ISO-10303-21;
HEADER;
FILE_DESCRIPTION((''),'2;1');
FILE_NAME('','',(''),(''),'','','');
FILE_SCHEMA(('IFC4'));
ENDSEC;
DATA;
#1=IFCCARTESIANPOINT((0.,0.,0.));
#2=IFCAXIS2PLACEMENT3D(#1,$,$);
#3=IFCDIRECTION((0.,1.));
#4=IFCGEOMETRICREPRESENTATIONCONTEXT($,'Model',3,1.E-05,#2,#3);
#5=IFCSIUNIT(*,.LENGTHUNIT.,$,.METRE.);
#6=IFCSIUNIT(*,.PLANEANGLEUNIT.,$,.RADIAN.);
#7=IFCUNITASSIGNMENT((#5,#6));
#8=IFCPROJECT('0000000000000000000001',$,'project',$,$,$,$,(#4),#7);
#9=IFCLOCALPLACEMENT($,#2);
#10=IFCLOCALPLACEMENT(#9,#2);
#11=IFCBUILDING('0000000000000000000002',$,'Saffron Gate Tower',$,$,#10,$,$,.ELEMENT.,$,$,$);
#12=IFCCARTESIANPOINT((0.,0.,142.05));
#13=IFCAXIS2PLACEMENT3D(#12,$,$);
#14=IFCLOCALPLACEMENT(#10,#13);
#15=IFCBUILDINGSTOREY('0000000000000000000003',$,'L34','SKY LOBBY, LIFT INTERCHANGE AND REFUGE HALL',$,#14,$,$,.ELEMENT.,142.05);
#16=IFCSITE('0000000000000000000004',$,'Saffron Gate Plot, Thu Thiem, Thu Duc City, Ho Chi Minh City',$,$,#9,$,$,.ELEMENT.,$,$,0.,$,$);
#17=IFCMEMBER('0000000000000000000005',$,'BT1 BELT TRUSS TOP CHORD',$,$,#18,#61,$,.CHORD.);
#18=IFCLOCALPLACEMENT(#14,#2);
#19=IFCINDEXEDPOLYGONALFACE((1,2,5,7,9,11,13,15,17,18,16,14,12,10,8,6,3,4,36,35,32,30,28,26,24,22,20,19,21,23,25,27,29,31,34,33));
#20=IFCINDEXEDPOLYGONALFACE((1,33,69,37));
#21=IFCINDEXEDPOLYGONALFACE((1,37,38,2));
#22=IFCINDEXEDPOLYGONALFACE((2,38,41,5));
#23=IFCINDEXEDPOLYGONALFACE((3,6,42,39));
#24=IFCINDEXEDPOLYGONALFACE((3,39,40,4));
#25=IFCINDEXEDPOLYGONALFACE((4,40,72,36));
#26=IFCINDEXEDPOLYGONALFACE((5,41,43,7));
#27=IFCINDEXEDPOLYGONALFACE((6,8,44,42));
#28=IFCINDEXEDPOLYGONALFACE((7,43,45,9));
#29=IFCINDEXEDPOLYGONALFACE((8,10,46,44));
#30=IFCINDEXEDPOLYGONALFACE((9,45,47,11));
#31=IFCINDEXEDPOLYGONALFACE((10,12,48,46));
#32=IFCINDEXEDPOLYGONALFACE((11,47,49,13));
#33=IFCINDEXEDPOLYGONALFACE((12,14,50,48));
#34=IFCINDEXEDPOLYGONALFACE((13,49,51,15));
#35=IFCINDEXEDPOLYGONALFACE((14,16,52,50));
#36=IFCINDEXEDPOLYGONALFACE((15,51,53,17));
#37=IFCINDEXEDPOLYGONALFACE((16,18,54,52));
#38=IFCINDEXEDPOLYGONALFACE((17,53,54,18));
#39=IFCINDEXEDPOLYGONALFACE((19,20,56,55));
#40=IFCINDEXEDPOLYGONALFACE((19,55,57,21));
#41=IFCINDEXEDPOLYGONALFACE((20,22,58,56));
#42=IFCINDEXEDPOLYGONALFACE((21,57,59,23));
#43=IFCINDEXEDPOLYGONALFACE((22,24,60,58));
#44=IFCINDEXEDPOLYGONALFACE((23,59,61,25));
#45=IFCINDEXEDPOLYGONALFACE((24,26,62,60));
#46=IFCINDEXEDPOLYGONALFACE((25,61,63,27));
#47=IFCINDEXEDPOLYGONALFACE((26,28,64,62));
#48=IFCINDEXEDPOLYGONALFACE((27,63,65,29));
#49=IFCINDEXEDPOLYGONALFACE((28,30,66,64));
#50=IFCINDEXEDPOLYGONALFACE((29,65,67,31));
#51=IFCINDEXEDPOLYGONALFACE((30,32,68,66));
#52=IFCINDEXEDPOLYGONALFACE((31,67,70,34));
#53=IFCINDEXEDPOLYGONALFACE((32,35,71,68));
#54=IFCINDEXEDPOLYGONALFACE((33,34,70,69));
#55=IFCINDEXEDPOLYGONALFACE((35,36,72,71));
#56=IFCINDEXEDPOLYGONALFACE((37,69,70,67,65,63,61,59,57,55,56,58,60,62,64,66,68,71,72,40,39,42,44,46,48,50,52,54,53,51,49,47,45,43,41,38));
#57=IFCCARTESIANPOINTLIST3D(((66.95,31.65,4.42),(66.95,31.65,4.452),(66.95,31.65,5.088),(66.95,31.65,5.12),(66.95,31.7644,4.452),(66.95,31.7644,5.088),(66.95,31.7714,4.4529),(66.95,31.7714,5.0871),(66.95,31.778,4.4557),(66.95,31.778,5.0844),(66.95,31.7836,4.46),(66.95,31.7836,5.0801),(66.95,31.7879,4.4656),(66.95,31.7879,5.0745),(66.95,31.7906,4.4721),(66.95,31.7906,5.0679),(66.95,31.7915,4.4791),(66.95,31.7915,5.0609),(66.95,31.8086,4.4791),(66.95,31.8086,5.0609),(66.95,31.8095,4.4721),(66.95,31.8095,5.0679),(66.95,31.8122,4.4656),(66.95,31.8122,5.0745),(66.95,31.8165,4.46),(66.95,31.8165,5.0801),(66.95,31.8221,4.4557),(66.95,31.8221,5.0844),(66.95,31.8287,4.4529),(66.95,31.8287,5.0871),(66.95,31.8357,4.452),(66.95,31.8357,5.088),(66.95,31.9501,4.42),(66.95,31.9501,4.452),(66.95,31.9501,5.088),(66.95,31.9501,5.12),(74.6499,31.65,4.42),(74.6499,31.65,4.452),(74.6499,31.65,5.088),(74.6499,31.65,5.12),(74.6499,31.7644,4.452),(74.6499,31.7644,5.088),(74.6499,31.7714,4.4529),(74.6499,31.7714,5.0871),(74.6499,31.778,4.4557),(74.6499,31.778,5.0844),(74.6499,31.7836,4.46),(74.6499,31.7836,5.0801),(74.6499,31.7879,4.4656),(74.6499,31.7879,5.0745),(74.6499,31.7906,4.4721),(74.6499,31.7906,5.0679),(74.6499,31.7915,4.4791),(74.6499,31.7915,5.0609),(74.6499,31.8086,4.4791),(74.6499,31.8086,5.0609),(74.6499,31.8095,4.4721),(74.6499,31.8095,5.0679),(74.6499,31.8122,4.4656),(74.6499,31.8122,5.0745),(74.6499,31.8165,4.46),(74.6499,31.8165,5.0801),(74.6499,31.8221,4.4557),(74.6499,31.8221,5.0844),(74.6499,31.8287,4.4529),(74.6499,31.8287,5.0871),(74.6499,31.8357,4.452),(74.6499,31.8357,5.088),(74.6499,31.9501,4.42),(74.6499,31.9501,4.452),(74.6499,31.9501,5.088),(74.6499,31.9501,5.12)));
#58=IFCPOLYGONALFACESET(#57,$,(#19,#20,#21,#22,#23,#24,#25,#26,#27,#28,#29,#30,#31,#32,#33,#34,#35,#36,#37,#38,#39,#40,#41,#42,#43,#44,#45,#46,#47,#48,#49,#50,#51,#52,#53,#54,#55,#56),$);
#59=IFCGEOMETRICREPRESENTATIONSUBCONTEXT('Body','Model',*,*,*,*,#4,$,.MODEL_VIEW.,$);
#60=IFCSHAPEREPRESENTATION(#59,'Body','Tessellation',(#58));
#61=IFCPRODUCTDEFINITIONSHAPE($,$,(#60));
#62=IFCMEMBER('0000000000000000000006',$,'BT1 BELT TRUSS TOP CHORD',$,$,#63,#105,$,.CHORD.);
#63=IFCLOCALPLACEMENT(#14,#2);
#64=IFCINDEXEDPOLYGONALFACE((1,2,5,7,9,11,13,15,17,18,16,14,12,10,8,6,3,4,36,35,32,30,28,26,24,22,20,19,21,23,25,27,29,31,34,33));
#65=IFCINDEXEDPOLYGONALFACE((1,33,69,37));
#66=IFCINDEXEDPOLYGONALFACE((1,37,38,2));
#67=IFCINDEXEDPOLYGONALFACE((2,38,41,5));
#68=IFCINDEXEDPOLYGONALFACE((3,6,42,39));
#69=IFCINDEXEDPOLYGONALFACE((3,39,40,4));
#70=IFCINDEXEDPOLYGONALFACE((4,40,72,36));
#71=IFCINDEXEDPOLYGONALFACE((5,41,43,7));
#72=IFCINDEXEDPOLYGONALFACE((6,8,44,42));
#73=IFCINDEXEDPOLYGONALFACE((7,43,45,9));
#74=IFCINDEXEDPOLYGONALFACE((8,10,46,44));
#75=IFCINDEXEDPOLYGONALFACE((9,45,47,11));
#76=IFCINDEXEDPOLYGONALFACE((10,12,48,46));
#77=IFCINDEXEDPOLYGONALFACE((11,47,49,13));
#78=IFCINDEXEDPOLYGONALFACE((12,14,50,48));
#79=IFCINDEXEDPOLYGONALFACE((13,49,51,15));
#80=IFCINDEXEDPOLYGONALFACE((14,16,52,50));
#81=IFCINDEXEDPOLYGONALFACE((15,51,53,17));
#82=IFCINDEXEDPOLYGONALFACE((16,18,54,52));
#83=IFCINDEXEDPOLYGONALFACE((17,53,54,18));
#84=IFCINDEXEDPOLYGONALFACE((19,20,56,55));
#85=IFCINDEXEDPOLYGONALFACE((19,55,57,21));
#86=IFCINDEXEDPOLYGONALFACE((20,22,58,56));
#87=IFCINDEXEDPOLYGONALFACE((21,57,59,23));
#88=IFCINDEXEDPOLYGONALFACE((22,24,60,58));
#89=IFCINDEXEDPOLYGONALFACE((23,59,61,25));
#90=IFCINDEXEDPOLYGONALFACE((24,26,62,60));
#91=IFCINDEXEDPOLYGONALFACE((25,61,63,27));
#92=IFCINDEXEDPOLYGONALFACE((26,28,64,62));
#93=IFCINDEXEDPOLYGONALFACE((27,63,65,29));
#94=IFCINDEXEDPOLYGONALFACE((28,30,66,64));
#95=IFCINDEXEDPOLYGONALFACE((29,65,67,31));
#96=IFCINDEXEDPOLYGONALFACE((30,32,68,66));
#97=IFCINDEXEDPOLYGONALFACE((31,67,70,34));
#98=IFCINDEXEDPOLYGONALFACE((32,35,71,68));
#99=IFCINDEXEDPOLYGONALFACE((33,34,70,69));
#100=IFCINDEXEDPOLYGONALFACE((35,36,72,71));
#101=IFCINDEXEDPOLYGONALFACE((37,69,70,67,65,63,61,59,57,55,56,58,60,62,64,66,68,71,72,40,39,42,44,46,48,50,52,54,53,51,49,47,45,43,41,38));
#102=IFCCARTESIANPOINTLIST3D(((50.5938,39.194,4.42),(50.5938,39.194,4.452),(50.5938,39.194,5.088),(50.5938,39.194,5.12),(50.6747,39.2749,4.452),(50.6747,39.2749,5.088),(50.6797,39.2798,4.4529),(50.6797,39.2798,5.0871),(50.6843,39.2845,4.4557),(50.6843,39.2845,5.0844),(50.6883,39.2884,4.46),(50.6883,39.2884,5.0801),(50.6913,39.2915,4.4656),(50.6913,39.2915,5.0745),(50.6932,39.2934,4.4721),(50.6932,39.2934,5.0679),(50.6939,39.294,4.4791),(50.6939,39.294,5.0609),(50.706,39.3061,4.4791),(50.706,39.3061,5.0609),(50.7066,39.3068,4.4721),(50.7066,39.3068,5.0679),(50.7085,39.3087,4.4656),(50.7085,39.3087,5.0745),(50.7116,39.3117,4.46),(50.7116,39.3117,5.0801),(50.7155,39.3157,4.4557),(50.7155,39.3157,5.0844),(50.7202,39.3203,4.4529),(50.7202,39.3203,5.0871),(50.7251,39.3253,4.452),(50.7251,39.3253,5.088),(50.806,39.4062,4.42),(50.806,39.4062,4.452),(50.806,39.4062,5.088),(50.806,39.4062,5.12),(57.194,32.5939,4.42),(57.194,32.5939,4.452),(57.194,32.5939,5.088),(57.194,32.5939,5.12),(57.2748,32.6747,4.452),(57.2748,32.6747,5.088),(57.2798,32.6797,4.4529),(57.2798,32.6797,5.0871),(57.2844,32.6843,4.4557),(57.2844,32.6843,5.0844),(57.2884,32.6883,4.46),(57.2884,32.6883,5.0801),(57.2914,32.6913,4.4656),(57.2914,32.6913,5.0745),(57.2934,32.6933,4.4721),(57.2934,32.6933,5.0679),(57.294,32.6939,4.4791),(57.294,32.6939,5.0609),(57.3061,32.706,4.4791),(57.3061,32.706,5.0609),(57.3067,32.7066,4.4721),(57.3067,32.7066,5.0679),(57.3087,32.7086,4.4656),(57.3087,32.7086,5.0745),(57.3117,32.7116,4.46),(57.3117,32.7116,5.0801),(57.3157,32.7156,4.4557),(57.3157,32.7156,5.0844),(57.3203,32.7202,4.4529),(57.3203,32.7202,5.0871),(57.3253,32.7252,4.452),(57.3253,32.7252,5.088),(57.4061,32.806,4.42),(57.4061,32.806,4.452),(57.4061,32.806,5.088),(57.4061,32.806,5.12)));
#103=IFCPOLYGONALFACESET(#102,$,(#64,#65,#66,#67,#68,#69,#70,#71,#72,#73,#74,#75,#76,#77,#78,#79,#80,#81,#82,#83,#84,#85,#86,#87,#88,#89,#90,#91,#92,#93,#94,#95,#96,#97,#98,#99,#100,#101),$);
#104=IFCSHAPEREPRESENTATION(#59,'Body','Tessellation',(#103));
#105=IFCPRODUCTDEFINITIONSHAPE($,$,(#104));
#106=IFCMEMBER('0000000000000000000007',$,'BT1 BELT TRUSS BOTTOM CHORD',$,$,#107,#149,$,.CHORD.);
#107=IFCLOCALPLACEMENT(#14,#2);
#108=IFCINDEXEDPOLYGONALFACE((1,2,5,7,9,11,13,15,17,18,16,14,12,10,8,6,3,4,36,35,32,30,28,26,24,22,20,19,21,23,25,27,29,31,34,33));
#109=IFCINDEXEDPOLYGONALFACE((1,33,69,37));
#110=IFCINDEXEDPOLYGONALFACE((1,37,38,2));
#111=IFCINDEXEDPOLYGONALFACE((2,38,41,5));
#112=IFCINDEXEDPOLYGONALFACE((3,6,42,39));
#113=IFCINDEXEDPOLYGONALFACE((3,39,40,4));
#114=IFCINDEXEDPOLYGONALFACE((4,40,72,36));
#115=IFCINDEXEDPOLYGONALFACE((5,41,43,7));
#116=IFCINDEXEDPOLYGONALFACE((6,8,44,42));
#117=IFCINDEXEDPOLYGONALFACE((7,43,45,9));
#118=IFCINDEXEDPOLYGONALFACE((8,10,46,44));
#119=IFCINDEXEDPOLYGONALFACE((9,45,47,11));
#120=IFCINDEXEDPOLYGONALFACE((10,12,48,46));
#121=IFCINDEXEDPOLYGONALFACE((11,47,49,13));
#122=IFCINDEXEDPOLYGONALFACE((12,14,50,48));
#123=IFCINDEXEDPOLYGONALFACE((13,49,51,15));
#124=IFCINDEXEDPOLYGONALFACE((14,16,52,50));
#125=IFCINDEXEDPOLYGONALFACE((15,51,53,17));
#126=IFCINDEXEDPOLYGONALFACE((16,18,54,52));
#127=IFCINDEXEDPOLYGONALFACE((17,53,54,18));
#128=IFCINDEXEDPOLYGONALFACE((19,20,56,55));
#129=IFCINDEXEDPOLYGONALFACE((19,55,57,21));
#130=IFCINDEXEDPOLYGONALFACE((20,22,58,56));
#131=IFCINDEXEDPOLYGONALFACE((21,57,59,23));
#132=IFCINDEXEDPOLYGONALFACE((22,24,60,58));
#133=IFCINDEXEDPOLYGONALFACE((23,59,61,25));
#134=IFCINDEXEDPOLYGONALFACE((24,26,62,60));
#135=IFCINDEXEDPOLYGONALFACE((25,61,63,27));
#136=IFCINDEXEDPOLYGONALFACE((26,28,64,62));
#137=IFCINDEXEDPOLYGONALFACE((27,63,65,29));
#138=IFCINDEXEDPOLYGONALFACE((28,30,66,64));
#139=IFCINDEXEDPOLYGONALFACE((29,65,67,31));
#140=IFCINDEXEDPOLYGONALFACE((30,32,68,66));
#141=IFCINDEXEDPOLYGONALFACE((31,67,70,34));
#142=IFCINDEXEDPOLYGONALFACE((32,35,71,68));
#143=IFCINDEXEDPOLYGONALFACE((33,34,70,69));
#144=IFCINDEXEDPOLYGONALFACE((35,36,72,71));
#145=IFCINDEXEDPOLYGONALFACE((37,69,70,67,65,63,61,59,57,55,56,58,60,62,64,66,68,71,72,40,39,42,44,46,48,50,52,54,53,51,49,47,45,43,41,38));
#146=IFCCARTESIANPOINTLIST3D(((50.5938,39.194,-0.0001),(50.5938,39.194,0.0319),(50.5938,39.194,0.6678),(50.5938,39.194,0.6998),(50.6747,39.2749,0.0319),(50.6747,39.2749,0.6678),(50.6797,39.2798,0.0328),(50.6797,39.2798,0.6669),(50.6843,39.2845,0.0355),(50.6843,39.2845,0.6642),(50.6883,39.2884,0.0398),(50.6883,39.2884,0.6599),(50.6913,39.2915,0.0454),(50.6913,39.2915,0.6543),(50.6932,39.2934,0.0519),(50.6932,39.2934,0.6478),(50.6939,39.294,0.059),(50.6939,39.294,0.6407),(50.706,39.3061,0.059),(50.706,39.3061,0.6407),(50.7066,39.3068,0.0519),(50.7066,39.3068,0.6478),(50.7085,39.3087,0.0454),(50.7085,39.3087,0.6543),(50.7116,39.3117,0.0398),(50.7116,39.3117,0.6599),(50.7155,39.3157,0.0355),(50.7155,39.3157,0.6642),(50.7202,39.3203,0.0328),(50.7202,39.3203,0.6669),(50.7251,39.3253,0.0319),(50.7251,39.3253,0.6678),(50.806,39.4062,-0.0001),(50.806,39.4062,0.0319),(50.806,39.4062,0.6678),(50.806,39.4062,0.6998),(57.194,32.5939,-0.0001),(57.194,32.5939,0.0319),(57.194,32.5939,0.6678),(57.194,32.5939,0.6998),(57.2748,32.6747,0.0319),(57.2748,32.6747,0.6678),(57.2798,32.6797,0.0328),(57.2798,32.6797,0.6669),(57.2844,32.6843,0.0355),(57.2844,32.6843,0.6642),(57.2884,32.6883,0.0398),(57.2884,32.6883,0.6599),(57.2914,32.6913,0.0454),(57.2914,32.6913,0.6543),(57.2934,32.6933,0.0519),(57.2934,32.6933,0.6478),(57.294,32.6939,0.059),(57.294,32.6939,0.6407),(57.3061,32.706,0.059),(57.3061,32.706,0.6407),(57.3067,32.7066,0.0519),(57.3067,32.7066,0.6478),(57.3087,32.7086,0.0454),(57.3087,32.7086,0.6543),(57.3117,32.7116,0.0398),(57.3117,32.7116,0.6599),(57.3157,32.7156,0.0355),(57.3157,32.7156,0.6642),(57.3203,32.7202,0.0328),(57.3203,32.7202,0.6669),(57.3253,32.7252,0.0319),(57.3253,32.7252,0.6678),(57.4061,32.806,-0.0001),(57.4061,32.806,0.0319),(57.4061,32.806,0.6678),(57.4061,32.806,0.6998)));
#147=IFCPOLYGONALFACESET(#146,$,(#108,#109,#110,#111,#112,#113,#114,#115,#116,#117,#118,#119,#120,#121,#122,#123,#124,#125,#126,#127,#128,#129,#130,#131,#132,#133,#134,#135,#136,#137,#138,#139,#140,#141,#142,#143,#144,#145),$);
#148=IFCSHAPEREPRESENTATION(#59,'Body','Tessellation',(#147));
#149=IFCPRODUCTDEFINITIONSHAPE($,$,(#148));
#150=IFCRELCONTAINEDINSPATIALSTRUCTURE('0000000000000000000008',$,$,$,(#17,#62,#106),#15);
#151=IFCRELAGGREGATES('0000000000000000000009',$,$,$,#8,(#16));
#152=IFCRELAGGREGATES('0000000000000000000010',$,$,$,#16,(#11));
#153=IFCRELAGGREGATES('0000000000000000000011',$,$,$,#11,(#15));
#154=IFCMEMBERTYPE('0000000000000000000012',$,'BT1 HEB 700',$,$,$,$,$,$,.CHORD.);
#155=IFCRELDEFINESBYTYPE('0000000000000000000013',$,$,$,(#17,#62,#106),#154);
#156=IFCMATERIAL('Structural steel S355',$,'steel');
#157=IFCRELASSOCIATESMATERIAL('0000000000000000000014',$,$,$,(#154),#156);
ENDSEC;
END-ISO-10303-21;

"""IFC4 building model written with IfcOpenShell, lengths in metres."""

from ifc_helpers import new_model, si_unit, direction, frame, origin, origin_2d, place, context, subcontext, project, spatial, i_section, extrude, material, material_profile, profile_set, type_object, element, save


model = new_model("IFC4")

# Units and contexts
model_context = context("Model", 3, precision=1e-05, world=origin(), true_north=direction((0.0, 1.0)))
body_context = subcontext(model_context, "Body", "Model", "MODEL_VIEW")
ifc_project = project(units=[si_unit("LENGTHUNIT", "METRE"), si_unit("PLANEANGLEUNIT", "RADIAN")], contexts=[model_context])

# Site, building, storey
site_placement = place(None, origin())
site = spatial("IfcSite", under=ifc_project, at=site_placement, Name="Saffron Gate Plot, Thu Thiem, Thu Duc City, Ho Chi Minh City", CompositionType="ELEMENT", RefElevation=0.0)
building_placement = place(site_placement, origin())
building = spatial("IfcBuilding", under=site, at=building_placement, Name="Saffron Gate Tower", CompositionType="ELEMENT")
storey_placement = place(building_placement, frame((0.0, 0.0, 142.05)))
storey = spatial("IfcBuildingStorey", under=building, at=storey_placement, Name="L34", Description="SKY LOBBY, LIFT INTERCHANGE AND REFUGE HALL", CompositionType="ELEMENT", Elevation=142.05)

# Shared definitions
ifc_material_1 = material(Name="Structural steel S355", Category="steel")

# Members
ifc_material_profile_1 = material_profile(ifc_material_1, i_section(OverallWidth=0.3, OverallDepth=0.7, WebThickness=0.0171, FlangeThickness=0.032, FilletRadius=0.0271, at=origin_2d()))
ifc_profile_set_1 = profile_set([ifc_material_profile_1], Name="Structural steel S355")
member_type_1 = type_object("IfcMemberType", Name="BT1 HEB 700", PredefinedType="CHORD", material=ifc_profile_set_1)
member_1_placement = place(storey_placement, frame((66.95, 31.8, 4.77), z_axis=(1.0, 0.0, 0.0), x_axis=(0.0, 1.0, 0.0)))
element("IfcMember", 1, at=member_1_placement, inside=storey, type_object=member_type_1, Name="BT1 BELT TRUSS TOP CHORD", PredefinedType="CHORD", context=body_context, shape_type="SweptSolid", body=[
    extrude(i_section(OverallWidth=0.3, OverallDepth=0.7, WebThickness=0.0171, FlangeThickness=0.032, FilletRadius=0.0271, at=origin_2d()), origin(), (0.0, 0.0, 1.0), 7.7),
])
for number, where, z_axis, x_axis, name in (
    (2, (57.3, 32.7, 4.77), (-0.707107, 0.707107, 0.0), (-0.707107, -0.707107, 0.0), "BT1 BELT TRUSS TOP CHORD"),
    (3, (57.3, 32.7, 0.3499), (-0.707107, 0.707107, 0.0), (-0.707107, -0.707107, 0.0), "BT1 BELT TRUSS BOTTOM CHORD"),
):
    element("IfcMember", number, at=place(storey_placement, frame(where, z_axis=z_axis, x_axis=x_axis)), inside=storey, type_object=member_type_1, Name=name, PredefinedType="CHORD", context=body_context, shape_type="SweptSolid", body=[
        extrude(i_section(OverallWidth=0.3, OverallDepth=0.7, WebThickness=0.0171, FlangeThickness=0.032, FilletRadius=0.0271, at=origin_2d()), origin(), (0.0, 0.0, 1.0), 9.334),
    ])

save(model, "model.ifc")
